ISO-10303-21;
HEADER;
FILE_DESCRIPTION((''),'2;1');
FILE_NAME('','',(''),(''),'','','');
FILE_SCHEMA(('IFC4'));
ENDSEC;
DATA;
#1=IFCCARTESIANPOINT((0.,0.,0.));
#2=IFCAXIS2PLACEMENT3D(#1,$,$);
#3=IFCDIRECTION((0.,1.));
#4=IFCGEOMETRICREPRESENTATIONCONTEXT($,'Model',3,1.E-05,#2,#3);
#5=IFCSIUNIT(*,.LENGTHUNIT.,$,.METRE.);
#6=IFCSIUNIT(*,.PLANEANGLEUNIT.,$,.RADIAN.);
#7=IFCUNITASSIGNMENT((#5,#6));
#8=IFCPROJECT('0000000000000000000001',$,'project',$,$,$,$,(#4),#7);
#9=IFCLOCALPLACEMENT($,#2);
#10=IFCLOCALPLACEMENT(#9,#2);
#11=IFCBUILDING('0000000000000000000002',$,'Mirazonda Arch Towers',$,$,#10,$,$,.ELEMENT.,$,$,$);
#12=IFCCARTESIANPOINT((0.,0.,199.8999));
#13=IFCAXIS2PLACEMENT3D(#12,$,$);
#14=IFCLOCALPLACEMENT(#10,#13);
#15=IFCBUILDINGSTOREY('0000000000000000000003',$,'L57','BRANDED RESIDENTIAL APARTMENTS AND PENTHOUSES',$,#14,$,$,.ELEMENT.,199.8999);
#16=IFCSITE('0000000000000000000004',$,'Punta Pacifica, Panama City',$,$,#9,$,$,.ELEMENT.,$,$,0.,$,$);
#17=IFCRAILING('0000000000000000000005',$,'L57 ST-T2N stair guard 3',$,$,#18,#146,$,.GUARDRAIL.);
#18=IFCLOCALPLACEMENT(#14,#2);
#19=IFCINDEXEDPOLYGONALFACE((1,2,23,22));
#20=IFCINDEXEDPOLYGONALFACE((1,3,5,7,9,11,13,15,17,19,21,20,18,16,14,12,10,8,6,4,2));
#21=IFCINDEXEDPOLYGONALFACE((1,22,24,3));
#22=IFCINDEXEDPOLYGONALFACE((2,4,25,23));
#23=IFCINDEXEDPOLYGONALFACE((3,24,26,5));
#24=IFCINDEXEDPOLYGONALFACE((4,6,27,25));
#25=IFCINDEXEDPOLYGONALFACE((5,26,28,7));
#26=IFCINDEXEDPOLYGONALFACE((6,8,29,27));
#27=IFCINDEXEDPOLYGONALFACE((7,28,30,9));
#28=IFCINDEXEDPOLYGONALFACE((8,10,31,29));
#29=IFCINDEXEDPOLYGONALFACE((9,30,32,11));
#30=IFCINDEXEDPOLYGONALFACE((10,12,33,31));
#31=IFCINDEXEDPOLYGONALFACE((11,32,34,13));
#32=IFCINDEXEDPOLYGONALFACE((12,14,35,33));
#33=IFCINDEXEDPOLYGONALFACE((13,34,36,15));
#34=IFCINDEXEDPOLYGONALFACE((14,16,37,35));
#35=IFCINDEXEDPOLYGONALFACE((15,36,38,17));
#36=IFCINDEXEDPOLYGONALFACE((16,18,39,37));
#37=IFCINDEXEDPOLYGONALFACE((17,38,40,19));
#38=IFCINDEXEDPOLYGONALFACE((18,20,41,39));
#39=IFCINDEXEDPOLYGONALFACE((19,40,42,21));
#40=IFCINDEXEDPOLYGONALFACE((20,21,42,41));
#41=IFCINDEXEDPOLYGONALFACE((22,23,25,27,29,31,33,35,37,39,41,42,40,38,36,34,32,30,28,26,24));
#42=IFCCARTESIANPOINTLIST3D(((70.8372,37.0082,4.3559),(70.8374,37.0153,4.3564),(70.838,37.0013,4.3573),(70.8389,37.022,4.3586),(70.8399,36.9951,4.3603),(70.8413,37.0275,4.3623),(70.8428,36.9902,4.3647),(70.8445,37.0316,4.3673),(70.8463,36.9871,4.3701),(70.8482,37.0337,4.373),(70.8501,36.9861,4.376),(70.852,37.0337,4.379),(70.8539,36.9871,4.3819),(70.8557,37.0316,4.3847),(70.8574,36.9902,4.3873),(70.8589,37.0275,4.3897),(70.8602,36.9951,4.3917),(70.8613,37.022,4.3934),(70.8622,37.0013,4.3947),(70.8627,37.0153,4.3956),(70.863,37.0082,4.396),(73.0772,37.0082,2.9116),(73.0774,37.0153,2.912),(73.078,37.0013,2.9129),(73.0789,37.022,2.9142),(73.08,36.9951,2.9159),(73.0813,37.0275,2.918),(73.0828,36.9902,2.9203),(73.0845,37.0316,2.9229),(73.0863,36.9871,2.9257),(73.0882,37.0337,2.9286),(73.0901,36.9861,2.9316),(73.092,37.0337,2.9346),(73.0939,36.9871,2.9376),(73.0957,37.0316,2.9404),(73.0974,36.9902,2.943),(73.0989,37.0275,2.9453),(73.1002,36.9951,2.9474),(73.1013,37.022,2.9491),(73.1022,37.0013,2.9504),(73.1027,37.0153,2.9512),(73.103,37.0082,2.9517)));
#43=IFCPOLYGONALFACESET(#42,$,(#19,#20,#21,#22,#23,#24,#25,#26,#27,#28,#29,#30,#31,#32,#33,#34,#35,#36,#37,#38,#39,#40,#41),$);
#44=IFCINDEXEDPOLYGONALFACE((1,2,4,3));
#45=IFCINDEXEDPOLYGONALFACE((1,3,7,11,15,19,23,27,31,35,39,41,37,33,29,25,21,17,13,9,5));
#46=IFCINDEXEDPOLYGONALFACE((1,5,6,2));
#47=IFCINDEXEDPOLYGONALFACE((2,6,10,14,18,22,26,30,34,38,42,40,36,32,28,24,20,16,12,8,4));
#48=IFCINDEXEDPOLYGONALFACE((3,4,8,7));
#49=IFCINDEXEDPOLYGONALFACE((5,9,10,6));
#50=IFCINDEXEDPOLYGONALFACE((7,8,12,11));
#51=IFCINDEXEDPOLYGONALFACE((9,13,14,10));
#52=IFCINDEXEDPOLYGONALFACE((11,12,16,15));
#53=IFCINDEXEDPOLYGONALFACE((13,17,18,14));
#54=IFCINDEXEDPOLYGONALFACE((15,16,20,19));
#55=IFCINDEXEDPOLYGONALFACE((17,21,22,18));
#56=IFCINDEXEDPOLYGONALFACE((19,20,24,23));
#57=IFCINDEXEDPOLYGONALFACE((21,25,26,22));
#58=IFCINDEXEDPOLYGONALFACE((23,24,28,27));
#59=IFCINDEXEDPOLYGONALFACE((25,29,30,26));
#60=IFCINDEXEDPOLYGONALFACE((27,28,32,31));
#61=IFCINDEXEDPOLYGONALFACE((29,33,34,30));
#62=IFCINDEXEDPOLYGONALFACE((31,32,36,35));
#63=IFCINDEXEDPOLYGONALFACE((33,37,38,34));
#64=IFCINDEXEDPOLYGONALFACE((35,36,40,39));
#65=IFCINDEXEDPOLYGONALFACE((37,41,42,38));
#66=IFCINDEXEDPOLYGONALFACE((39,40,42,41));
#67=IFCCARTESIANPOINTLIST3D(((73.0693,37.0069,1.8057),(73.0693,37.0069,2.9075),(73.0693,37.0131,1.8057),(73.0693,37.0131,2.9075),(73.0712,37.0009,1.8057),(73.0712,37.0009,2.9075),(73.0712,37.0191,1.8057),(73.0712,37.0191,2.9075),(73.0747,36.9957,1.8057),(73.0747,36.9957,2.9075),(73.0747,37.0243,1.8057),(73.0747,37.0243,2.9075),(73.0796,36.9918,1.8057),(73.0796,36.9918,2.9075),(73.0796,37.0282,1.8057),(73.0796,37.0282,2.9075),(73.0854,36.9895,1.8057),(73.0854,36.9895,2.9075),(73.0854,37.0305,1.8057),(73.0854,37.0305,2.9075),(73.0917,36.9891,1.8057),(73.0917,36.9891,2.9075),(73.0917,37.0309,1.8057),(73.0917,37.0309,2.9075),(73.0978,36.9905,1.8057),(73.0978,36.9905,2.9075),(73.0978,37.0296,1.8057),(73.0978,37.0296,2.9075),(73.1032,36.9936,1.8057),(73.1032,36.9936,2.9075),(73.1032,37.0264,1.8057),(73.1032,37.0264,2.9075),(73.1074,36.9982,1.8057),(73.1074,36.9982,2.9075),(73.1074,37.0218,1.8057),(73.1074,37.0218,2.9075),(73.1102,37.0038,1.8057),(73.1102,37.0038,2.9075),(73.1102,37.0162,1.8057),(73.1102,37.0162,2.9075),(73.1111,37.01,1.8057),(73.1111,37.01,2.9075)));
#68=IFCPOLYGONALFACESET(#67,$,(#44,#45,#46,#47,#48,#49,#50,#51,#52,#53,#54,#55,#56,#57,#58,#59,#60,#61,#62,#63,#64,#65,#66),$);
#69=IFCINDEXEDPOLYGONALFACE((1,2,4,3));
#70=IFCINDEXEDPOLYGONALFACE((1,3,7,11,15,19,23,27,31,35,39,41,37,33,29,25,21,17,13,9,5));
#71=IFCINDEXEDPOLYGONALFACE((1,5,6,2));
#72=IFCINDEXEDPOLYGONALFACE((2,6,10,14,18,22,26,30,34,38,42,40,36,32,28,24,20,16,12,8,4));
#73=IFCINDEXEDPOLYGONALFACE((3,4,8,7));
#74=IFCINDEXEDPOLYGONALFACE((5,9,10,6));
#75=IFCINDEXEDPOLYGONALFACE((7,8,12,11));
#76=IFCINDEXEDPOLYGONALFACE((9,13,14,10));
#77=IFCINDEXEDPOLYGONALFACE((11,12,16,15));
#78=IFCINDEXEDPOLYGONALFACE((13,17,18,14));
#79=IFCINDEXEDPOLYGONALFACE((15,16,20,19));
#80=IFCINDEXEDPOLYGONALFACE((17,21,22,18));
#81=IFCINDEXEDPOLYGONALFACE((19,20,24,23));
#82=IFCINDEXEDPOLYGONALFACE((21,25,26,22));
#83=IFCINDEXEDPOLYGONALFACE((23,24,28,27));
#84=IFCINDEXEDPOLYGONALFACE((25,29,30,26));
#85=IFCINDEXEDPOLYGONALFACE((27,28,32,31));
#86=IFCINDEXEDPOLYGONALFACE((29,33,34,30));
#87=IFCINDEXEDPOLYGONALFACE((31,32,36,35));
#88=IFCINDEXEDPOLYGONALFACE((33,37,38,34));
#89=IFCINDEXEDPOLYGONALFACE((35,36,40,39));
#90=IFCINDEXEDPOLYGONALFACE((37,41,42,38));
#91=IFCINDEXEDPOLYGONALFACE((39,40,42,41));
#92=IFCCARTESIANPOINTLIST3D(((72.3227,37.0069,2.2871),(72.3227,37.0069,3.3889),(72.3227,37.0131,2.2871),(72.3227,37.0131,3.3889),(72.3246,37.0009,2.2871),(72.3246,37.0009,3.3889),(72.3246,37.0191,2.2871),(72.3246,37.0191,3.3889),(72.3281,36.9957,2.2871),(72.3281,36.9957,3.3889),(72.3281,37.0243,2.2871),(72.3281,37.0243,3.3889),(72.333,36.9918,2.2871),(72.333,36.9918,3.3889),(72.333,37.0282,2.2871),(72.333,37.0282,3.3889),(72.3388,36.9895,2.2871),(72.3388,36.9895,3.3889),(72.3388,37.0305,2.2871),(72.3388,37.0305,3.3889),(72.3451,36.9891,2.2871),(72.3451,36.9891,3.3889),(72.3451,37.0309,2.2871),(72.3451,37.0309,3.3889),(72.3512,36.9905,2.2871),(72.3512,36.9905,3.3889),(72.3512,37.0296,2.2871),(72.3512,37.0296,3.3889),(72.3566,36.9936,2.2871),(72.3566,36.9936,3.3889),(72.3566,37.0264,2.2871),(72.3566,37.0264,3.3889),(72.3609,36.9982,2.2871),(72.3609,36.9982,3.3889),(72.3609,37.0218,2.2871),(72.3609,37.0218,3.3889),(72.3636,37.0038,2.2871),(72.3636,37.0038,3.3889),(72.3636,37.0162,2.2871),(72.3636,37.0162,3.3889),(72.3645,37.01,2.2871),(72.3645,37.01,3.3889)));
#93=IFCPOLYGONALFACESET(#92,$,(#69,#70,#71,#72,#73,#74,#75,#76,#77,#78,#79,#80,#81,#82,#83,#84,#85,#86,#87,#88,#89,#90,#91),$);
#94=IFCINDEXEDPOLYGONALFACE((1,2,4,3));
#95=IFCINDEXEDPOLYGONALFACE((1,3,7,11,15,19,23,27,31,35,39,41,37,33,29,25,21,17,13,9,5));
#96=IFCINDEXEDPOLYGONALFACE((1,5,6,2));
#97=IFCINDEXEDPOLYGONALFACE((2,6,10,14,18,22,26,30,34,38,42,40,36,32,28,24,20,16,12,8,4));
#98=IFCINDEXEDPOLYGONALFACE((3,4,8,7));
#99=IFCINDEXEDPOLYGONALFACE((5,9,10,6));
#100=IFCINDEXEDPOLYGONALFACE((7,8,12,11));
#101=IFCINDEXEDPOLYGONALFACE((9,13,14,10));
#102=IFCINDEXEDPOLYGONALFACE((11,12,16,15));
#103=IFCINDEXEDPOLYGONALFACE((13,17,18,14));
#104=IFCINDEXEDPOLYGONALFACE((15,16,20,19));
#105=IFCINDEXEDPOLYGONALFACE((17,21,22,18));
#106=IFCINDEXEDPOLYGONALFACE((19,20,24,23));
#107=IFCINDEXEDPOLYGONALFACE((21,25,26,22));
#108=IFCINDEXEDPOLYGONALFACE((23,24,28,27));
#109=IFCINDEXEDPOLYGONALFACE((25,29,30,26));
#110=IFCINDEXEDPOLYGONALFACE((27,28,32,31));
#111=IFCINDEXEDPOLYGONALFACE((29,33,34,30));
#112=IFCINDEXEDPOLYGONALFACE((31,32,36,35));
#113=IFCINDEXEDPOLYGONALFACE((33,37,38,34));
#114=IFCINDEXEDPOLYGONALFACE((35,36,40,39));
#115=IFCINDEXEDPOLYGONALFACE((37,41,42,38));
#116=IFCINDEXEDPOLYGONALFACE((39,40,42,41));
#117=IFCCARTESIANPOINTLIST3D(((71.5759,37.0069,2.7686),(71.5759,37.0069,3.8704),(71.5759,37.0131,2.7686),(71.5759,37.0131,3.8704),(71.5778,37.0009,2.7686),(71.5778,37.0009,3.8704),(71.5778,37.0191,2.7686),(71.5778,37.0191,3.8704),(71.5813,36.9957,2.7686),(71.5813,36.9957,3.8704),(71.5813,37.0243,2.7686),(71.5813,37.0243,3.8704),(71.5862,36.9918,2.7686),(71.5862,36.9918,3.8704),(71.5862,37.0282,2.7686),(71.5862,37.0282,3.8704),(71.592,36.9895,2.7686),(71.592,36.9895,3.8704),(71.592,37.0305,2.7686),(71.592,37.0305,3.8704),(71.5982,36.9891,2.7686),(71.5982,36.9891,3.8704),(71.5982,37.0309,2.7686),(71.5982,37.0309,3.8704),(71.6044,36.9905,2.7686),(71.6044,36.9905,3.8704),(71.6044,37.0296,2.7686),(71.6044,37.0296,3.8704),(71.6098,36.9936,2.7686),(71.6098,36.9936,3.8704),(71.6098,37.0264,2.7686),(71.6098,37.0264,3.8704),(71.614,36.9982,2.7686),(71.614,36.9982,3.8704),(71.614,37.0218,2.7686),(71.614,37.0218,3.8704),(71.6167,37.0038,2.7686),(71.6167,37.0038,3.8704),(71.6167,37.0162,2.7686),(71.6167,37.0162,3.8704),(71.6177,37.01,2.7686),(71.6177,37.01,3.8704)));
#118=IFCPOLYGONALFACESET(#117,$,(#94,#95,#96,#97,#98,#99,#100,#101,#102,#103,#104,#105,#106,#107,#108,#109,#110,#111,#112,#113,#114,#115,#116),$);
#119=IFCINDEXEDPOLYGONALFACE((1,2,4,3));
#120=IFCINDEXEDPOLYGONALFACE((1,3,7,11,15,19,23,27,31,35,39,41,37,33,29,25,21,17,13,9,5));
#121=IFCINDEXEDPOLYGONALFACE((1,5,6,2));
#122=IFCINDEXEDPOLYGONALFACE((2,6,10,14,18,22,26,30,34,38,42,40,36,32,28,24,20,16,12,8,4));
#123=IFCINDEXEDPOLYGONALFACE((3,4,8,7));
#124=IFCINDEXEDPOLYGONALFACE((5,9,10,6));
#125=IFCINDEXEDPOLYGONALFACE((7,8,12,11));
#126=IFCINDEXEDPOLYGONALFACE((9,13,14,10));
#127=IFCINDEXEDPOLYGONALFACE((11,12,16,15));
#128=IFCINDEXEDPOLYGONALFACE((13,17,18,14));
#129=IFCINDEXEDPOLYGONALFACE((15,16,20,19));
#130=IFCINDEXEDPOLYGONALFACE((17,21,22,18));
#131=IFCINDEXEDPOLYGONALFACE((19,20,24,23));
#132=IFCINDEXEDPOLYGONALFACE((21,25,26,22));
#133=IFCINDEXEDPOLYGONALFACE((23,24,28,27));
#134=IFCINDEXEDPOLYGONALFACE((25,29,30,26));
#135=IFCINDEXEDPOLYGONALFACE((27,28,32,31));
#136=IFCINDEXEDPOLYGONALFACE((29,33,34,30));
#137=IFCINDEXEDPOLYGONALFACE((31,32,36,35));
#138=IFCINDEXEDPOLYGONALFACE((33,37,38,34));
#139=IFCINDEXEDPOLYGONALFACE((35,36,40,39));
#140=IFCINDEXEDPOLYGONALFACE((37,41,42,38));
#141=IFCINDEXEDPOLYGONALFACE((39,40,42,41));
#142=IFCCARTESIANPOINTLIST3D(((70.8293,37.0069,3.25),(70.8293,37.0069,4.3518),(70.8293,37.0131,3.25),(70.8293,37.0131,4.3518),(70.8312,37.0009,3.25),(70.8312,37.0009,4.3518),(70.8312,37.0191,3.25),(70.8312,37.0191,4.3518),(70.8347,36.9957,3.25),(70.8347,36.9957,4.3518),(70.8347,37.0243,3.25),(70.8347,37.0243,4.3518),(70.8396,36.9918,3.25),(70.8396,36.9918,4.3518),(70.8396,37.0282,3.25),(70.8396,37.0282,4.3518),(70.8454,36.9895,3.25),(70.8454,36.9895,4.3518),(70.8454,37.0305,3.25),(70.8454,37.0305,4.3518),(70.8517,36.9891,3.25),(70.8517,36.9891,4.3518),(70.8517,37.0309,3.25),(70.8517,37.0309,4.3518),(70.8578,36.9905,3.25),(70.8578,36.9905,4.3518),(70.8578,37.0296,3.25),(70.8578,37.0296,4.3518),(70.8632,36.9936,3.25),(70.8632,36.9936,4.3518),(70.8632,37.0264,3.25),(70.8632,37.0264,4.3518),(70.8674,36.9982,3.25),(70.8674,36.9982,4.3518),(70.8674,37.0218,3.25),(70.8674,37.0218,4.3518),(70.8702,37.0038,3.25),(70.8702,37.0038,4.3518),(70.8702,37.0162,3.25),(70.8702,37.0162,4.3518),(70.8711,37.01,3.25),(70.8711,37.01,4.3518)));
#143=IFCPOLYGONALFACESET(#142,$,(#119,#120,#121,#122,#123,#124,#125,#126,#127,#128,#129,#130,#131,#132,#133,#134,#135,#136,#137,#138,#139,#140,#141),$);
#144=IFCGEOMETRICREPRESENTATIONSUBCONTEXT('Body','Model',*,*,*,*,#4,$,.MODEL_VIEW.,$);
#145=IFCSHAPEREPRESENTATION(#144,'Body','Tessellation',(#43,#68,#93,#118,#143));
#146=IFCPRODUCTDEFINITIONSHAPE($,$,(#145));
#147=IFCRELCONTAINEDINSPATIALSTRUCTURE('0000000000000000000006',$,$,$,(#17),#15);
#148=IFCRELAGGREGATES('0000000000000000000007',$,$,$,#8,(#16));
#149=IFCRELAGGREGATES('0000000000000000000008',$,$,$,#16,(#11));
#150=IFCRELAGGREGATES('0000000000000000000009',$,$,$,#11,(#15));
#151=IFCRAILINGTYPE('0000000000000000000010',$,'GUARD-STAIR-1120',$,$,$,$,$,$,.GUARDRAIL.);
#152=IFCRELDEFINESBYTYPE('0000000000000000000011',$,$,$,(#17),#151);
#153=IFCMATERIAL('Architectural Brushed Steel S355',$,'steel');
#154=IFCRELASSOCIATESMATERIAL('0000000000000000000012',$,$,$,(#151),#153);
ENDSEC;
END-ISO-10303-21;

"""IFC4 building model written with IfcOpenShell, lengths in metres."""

from ifc_helpers import new_model, si_unit, direction, frame, origin, origin_2d, place, context, subcontext, project, spatial, circle, extrude, material, type_object, element, save


model = new_model("IFC4")

# Units and contexts
model_context = context("Model", 3, precision=1e-05, world=origin(), true_north=direction((0.0, 1.0)))
body_context = subcontext(model_context, "Body", "Model", "MODEL_VIEW")
ifc_project = project(units=[si_unit("LENGTHUNIT", "METRE"), si_unit("PLANEANGLEUNIT", "RADIAN")], contexts=[model_context])

# Site, building, storey
site_placement = place(None, origin())
site = spatial("IfcSite", under=ifc_project, at=site_placement, Name="Punta Pacifica, Panama City", CompositionType="ELEMENT", RefElevation=0.0)
building_placement = place(site_placement, origin())
building = spatial("IfcBuilding", under=site, at=building_placement, Name="Mirazonda Arch Towers", CompositionType="ELEMENT")
storey_placement = place(building_placement, frame((0.0, 0.0, 199.8999)))
storey = spatial("IfcBuildingStorey", under=building, at=storey_placement, Name="L57", Description="BRANDED RESIDENTIAL APARTMENTS AND PENTHOUSES", CompositionType="ELEMENT", Elevation=199.8999)

# Shared definitions
ifc_material_1 = material(Name="Architectural Brushed Steel S355", Category="steel")

# Railing
railing_type_1 = type_object("IfcRailingType", Name="GUARD-STAIR-1120", PredefinedType="GUARDRAIL", material=ifc_material_1)
railing_1_placement = place(storey_placement, frame((73.0901, 37.01, 1.8057)))
element("IfcRailing", 1, at=railing_1_placement, inside=storey, type_object=railing_type_1, Name="L57 ST-T2N stair guard 3", PredefinedType="GUARDRAIL", context=body_context, shape_type="SweptSolid", body=[
    extrude(circle(Radius=0.0239, at=origin_2d()), frame((0.0, 0.0, 1.126), z_axis=(-0.840437, 0.0, 0.54191), x_axis=(0.0, -1.0, 0.0)), (0.0, 0.0, 1.0), 2.6653),
    extrude(circle(Radius=0.021, at=origin_2d()), origin(), (0.0, 0.0, 1.0), 1.1018),
    extrude(circle(Radius=0.021, at=origin_2d()), frame((-0.7466, 0.0, 0.4814)), (0.0, 0.0, 1.0), 1.1018),
    extrude(circle(Radius=0.021, at=origin_2d()), frame((-1.4934, 0.0, 0.9629)), (0.0, 0.0, 1.0), 1.1018),
    extrude(circle(Radius=0.021, at=origin_2d()), frame((-2.24, 0.0, 1.4443)), (0.0, 0.0, 1.0), 1.1018),
])

save(model, "model.ifc")
